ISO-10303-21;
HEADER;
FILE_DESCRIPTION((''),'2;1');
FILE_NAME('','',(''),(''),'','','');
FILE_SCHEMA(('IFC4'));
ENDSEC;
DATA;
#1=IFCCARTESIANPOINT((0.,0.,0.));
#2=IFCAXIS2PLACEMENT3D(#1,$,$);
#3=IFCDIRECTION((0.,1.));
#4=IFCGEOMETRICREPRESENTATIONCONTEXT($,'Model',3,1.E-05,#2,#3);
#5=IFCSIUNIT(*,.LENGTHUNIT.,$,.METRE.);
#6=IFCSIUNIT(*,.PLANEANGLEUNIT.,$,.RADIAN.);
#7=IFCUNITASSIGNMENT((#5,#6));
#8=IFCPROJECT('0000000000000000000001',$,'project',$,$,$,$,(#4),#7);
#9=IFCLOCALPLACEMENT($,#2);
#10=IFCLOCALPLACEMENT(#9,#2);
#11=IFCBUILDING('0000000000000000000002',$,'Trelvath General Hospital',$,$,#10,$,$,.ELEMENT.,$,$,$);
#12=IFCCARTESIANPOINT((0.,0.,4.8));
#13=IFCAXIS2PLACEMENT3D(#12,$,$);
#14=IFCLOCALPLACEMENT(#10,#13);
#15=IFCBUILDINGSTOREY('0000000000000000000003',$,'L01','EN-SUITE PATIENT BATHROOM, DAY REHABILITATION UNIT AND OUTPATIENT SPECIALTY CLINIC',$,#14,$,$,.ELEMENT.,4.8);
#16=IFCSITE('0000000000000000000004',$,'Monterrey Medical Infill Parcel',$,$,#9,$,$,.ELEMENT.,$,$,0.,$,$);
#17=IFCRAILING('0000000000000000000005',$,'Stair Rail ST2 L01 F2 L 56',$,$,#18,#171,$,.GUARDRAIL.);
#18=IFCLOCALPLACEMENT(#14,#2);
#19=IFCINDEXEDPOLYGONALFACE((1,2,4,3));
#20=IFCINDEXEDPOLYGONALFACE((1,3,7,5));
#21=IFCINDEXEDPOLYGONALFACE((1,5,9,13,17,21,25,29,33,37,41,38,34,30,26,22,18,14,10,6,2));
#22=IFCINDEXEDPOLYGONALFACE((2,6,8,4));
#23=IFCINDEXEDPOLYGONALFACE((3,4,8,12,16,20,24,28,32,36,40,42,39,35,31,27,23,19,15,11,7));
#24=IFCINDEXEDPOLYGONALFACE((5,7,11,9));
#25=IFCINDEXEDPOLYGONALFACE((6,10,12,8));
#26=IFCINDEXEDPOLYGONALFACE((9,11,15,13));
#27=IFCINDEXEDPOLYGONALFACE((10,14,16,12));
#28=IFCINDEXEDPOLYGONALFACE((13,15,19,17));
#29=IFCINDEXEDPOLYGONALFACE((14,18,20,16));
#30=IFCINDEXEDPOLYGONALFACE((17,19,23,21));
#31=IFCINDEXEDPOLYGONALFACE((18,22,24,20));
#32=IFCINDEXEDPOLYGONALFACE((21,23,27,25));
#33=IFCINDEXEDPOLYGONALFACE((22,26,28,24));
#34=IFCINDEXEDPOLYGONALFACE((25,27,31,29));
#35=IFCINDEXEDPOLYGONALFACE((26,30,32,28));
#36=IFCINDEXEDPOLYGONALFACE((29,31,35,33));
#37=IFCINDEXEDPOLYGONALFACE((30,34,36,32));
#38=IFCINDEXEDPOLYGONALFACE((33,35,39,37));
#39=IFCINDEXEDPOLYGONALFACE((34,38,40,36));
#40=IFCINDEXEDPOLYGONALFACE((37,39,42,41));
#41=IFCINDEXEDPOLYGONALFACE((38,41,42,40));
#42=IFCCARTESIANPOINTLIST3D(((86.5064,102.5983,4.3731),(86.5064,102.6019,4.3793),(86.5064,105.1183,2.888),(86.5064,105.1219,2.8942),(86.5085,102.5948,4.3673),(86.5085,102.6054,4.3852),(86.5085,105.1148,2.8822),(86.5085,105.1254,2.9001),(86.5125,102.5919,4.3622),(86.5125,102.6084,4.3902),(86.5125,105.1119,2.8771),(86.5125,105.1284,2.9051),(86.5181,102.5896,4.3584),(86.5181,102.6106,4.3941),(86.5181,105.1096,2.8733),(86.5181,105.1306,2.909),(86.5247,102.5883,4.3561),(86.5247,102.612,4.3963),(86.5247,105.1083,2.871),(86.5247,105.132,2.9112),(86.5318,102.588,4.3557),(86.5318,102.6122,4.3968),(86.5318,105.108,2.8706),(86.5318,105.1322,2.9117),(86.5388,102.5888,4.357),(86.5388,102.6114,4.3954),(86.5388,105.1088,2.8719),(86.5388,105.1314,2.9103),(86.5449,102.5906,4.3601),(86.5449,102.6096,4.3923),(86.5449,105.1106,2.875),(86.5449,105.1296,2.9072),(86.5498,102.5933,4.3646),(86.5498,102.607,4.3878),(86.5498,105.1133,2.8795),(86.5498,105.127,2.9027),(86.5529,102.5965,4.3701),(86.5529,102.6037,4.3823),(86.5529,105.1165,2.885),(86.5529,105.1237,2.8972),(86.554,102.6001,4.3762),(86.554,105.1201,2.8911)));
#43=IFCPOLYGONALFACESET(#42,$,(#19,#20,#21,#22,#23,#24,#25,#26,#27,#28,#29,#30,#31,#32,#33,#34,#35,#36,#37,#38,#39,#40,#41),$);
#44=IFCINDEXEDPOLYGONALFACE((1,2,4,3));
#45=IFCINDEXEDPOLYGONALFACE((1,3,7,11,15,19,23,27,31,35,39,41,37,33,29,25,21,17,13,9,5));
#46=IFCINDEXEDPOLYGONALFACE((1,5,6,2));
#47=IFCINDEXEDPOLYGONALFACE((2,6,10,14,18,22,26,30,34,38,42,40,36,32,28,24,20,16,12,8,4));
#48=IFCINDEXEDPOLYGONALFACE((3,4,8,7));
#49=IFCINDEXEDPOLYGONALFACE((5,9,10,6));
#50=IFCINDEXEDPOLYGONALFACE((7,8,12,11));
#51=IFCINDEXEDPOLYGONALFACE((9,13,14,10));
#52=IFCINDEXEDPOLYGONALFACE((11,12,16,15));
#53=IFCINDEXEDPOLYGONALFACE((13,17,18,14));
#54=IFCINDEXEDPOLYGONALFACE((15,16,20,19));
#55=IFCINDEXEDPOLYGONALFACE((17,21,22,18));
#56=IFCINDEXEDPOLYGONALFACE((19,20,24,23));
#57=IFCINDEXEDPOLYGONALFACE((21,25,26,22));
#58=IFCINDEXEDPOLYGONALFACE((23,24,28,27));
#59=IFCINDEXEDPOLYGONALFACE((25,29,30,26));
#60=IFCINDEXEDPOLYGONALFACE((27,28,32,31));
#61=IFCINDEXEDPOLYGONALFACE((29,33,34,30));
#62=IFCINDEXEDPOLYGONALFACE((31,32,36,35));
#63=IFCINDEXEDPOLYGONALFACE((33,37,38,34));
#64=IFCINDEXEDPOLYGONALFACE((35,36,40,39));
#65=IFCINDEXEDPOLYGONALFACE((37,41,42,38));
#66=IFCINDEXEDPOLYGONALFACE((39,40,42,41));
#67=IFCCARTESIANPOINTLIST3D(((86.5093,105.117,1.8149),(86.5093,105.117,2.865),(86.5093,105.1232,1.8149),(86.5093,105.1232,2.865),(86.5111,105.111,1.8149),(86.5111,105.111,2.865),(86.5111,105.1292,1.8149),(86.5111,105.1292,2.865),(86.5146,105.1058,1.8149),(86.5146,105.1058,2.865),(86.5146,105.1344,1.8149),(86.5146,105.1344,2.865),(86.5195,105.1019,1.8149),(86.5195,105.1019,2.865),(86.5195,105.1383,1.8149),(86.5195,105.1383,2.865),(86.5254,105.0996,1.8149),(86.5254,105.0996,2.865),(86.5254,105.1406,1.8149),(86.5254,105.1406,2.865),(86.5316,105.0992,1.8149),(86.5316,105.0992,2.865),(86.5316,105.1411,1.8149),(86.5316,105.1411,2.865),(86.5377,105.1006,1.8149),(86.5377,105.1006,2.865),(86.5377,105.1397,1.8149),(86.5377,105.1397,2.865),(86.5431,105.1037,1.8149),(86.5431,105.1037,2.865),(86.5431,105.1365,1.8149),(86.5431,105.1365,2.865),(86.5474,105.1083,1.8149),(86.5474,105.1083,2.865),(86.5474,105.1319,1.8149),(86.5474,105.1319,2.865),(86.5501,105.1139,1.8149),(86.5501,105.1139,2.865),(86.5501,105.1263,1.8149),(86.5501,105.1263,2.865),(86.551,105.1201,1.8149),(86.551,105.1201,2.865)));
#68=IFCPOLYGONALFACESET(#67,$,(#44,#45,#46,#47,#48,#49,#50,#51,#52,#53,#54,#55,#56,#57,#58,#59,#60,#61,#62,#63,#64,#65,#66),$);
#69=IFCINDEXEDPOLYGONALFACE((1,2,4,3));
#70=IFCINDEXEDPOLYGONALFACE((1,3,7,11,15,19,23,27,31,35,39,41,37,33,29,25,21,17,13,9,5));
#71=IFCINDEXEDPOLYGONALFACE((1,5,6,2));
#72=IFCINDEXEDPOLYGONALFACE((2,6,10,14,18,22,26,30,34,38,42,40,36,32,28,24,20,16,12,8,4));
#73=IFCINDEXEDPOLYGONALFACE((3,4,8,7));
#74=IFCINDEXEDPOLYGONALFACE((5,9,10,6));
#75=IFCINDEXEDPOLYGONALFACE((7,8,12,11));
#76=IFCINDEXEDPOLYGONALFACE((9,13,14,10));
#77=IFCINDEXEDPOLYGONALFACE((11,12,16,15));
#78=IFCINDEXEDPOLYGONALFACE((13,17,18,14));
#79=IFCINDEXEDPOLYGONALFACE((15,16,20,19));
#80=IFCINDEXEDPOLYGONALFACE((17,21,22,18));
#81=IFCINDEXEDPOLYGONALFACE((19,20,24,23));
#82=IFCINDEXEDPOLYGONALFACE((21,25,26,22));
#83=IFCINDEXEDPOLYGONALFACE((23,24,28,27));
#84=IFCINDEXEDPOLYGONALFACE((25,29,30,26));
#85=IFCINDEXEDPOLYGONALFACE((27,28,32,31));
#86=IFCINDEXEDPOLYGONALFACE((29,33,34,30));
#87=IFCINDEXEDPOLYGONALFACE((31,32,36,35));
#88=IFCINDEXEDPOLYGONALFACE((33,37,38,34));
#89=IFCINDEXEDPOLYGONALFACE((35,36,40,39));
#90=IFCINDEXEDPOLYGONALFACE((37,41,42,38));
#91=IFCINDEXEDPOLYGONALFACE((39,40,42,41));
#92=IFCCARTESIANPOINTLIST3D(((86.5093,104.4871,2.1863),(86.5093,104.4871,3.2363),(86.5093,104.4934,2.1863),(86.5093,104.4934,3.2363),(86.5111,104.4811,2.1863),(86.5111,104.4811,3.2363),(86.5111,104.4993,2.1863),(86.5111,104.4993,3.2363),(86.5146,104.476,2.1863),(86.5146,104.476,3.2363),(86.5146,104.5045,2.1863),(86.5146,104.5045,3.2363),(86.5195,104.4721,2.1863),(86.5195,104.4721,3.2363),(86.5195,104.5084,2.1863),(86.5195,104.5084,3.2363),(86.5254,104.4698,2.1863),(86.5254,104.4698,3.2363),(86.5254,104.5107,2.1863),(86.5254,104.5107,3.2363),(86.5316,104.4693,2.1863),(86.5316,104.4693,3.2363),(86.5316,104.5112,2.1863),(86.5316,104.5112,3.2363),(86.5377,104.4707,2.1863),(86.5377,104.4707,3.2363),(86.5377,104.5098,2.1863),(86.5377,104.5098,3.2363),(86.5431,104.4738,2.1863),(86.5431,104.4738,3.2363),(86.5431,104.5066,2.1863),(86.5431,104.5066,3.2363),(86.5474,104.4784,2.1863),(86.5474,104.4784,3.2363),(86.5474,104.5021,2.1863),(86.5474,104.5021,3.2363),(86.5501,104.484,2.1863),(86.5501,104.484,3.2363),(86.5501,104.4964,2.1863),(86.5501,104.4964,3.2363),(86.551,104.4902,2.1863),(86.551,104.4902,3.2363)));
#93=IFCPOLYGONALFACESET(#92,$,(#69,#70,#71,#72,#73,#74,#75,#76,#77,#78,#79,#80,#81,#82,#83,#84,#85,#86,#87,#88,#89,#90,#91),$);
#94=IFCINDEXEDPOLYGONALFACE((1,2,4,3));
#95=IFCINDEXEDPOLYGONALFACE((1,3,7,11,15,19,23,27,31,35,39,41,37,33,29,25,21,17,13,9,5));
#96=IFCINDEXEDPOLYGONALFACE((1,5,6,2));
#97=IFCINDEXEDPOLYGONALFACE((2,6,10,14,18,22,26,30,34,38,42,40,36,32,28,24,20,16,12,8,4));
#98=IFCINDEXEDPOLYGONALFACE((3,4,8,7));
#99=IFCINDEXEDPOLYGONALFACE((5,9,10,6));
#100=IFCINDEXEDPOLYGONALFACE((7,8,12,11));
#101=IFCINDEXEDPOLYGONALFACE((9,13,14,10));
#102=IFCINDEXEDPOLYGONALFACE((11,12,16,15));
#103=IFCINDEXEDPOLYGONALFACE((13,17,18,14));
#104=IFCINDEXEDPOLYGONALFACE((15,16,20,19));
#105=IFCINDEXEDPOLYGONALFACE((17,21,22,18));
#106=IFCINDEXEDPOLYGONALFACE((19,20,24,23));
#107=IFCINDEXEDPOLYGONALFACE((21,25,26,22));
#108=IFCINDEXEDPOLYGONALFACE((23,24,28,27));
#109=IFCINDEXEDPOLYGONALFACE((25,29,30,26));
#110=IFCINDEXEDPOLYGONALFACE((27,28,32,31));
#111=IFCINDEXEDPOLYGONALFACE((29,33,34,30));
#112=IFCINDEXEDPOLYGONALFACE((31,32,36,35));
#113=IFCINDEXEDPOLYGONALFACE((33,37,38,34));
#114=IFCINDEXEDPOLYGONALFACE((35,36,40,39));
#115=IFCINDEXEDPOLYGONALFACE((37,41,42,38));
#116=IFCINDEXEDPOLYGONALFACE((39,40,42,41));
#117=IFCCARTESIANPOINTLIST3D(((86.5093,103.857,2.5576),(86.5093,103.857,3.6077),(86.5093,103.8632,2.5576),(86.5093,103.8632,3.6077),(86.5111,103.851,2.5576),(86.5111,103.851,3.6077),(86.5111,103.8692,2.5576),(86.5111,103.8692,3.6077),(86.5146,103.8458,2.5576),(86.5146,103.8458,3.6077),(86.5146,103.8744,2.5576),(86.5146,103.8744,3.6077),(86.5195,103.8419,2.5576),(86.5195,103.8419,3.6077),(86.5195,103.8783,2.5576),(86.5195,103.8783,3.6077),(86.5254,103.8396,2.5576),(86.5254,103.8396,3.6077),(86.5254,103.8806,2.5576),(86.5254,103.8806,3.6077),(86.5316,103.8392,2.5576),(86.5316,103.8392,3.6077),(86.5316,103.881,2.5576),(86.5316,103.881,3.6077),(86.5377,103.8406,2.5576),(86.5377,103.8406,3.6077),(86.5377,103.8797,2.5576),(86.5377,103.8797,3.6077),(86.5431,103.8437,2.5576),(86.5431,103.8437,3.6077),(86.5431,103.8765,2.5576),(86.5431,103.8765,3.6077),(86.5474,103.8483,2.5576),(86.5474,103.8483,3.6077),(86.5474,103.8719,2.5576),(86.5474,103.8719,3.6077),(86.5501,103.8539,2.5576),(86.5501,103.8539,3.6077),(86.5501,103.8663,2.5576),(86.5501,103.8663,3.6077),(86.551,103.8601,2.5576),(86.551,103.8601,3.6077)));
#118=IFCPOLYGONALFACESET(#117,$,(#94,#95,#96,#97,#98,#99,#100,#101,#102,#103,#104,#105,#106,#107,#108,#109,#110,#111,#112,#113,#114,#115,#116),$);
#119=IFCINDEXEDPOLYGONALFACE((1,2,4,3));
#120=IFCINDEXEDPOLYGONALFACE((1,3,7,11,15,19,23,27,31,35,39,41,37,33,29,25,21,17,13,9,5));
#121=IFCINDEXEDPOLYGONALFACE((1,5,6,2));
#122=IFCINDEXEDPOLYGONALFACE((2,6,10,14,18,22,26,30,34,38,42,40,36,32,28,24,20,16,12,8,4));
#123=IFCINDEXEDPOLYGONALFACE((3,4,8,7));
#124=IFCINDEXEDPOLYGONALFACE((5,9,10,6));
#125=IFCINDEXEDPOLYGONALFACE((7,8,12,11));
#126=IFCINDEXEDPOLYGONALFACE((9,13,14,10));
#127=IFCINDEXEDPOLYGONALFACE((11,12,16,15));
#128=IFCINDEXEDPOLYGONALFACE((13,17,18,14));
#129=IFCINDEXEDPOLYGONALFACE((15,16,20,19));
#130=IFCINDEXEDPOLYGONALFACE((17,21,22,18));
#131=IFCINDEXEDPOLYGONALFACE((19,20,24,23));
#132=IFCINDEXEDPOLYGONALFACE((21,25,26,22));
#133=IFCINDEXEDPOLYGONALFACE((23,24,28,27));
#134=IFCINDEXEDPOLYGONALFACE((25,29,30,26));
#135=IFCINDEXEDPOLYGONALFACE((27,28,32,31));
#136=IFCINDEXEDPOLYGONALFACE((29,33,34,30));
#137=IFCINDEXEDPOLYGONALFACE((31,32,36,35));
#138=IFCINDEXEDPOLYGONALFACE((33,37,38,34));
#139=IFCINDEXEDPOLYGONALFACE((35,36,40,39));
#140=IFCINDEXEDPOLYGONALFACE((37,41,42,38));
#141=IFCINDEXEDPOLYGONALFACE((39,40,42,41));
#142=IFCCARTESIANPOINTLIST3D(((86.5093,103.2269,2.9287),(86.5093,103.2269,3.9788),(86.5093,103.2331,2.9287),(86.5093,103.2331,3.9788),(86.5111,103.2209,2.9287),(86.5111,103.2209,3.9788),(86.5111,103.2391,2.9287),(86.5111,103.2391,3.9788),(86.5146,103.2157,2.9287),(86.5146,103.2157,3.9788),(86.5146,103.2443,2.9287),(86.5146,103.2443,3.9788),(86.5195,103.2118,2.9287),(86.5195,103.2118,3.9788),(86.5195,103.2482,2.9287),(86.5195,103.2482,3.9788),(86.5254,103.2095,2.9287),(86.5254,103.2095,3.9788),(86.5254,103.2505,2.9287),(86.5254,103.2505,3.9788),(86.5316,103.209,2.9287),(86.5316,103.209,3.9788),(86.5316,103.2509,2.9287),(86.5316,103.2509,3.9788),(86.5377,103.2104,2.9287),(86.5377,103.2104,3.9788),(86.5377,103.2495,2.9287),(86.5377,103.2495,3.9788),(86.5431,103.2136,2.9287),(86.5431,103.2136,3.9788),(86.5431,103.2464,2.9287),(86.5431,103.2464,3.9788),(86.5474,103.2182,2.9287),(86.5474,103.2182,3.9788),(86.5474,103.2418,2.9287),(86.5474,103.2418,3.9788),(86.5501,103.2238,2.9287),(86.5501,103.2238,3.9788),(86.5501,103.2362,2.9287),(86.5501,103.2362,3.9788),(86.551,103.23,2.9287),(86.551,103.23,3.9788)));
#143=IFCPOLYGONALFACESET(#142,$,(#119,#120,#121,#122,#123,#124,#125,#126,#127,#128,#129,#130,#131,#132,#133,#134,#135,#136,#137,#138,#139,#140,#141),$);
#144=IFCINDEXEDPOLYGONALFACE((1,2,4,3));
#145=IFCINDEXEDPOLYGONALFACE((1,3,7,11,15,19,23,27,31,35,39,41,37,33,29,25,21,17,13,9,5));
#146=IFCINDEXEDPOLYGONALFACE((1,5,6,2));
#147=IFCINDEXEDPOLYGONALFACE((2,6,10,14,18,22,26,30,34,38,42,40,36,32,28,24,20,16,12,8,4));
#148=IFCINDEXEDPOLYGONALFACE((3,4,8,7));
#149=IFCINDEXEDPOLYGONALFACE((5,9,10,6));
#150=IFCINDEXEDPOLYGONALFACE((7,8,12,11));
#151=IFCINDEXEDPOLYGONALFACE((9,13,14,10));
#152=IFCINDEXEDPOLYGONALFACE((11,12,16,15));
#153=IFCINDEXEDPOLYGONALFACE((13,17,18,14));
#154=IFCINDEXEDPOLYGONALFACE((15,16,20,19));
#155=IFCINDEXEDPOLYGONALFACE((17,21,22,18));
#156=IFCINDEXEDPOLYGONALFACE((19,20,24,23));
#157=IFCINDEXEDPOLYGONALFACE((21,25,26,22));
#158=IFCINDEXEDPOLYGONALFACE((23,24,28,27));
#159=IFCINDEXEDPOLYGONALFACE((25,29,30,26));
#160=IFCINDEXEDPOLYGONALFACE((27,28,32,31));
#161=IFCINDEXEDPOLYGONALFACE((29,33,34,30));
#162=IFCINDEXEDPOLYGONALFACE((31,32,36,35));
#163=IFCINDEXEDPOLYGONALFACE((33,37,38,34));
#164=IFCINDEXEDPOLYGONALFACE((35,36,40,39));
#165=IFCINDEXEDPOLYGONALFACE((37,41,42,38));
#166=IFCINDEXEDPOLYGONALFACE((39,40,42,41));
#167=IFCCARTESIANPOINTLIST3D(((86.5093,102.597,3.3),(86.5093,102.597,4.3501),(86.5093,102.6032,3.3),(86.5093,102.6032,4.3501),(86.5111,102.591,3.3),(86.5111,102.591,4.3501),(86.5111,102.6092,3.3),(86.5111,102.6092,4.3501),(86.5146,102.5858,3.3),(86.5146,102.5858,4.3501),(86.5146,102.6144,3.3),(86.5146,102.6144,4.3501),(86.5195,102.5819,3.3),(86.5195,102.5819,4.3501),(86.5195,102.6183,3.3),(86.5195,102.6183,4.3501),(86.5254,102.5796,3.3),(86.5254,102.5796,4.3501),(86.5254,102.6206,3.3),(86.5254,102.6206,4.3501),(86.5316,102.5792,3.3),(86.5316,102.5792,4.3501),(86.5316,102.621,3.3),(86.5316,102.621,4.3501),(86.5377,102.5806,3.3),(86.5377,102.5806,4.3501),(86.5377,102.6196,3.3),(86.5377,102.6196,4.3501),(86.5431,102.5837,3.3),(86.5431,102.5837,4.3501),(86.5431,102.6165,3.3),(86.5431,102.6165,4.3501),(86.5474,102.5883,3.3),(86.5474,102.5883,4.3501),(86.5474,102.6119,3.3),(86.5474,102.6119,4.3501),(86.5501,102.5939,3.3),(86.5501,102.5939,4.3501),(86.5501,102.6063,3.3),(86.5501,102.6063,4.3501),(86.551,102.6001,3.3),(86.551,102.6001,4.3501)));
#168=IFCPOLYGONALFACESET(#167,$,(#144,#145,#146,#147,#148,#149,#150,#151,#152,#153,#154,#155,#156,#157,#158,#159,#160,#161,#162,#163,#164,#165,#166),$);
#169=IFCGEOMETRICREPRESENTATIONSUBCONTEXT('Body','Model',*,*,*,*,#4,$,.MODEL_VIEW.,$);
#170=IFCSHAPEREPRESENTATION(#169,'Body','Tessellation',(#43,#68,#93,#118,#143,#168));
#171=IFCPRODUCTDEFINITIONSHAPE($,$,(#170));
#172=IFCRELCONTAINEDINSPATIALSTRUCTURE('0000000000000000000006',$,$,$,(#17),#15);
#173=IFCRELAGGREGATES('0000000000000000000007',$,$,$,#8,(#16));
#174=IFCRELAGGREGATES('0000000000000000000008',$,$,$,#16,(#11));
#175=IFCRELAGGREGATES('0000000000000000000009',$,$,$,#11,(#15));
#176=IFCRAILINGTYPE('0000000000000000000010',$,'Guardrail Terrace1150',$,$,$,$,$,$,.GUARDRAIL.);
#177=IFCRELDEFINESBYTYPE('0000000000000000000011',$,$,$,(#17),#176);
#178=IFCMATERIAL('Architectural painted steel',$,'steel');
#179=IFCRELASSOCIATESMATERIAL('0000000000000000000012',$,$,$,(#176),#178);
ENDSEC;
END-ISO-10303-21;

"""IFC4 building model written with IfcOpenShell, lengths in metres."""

from ifc_helpers import new_model, si_unit, direction, frame, origin, origin_2d, place, context, subcontext, project, spatial, circle, extrude, material, type_object, element, save


model = new_model("IFC4")

# Units and contexts
model_context = context("Model", 3, precision=1e-05, world=origin(), true_north=direction((0.0, 1.0)))
body_context = subcontext(model_context, "Body", "Model", "MODEL_VIEW")
ifc_project = project(units=[si_unit("LENGTHUNIT", "METRE"), si_unit("PLANEANGLEUNIT", "RADIAN")], contexts=[model_context])

# Site, building, storey
site_placement = place(None, origin())
site = spatial("IfcSite", under=ifc_project, at=site_placement, Name="Monterrey Medical Infill Parcel", CompositionType="ELEMENT", RefElevation=0.0)
building_placement = place(site_placement, origin())
building = spatial("IfcBuilding", under=site, at=building_placement, Name="Trelvath General Hospital", CompositionType="ELEMENT")
storey_placement = place(building_placement, frame((0.0, 0.0, 4.8)))
storey = spatial("IfcBuildingStorey", under=building, at=storey_placement, Name="L01", Description="EN-SUITE PATIENT BATHROOM, DAY REHABILITATION UNIT AND OUTPATIENT SPECIALTY CLINIC", CompositionType="ELEMENT", Elevation=4.8)

# Railing
ifc_material_1 = material(Name="Architectural painted steel", Category="steel")
railing_type_1 = type_object("IfcRailingType", Name="Guardrail Terrace1150", PredefinedType="GUARDRAIL", material=ifc_material_1)
railing_1_placement = place(storey_placement, frame((86.53, 105.1201, 1.8149)))
element("IfcRailing", 1, at=railing_1_placement, inside=storey, type_object=railing_type_1, Name="Stair Rail ST2 L01 F2 L 56", PredefinedType="GUARDRAIL", context=body_context, shape_type="SweptSolid", body=[
    extrude(circle(Radius=0.0239, at=origin_2d()), frame((0.0, 0.0, 1.0762), z_axis=(0.0, -0.861524, 0.507717), x_axis=(1.0, 0.0, 0.0)), (0.0, 0.0, 1.0), 2.925),
    extrude(circle(Radius=0.021, at=origin_2d()), origin(), (0.0, 0.0, 1.0), 1.05),
    extrude(circle(Radius=0.021, at=origin_2d()), frame((0.0, -0.6299, 0.3713)), (0.0, 0.0, 1.0), 1.05),
    extrude(circle(Radius=0.021, at=origin_2d()), frame((0.0, -1.26, 0.7427)), (0.0, 0.0, 1.0), 1.05),
    extrude(circle(Radius=0.021, at=origin_2d()), frame((0.0, -1.8901, 1.1138)), (0.0, 0.0, 1.0), 1.05),
    extrude(circle(Radius=0.021, at=origin_2d()), frame((0.0, -2.52, 1.4851)), (0.0, 0.0, 1.0), 1.05),
])

save(model, "model.ifc")
